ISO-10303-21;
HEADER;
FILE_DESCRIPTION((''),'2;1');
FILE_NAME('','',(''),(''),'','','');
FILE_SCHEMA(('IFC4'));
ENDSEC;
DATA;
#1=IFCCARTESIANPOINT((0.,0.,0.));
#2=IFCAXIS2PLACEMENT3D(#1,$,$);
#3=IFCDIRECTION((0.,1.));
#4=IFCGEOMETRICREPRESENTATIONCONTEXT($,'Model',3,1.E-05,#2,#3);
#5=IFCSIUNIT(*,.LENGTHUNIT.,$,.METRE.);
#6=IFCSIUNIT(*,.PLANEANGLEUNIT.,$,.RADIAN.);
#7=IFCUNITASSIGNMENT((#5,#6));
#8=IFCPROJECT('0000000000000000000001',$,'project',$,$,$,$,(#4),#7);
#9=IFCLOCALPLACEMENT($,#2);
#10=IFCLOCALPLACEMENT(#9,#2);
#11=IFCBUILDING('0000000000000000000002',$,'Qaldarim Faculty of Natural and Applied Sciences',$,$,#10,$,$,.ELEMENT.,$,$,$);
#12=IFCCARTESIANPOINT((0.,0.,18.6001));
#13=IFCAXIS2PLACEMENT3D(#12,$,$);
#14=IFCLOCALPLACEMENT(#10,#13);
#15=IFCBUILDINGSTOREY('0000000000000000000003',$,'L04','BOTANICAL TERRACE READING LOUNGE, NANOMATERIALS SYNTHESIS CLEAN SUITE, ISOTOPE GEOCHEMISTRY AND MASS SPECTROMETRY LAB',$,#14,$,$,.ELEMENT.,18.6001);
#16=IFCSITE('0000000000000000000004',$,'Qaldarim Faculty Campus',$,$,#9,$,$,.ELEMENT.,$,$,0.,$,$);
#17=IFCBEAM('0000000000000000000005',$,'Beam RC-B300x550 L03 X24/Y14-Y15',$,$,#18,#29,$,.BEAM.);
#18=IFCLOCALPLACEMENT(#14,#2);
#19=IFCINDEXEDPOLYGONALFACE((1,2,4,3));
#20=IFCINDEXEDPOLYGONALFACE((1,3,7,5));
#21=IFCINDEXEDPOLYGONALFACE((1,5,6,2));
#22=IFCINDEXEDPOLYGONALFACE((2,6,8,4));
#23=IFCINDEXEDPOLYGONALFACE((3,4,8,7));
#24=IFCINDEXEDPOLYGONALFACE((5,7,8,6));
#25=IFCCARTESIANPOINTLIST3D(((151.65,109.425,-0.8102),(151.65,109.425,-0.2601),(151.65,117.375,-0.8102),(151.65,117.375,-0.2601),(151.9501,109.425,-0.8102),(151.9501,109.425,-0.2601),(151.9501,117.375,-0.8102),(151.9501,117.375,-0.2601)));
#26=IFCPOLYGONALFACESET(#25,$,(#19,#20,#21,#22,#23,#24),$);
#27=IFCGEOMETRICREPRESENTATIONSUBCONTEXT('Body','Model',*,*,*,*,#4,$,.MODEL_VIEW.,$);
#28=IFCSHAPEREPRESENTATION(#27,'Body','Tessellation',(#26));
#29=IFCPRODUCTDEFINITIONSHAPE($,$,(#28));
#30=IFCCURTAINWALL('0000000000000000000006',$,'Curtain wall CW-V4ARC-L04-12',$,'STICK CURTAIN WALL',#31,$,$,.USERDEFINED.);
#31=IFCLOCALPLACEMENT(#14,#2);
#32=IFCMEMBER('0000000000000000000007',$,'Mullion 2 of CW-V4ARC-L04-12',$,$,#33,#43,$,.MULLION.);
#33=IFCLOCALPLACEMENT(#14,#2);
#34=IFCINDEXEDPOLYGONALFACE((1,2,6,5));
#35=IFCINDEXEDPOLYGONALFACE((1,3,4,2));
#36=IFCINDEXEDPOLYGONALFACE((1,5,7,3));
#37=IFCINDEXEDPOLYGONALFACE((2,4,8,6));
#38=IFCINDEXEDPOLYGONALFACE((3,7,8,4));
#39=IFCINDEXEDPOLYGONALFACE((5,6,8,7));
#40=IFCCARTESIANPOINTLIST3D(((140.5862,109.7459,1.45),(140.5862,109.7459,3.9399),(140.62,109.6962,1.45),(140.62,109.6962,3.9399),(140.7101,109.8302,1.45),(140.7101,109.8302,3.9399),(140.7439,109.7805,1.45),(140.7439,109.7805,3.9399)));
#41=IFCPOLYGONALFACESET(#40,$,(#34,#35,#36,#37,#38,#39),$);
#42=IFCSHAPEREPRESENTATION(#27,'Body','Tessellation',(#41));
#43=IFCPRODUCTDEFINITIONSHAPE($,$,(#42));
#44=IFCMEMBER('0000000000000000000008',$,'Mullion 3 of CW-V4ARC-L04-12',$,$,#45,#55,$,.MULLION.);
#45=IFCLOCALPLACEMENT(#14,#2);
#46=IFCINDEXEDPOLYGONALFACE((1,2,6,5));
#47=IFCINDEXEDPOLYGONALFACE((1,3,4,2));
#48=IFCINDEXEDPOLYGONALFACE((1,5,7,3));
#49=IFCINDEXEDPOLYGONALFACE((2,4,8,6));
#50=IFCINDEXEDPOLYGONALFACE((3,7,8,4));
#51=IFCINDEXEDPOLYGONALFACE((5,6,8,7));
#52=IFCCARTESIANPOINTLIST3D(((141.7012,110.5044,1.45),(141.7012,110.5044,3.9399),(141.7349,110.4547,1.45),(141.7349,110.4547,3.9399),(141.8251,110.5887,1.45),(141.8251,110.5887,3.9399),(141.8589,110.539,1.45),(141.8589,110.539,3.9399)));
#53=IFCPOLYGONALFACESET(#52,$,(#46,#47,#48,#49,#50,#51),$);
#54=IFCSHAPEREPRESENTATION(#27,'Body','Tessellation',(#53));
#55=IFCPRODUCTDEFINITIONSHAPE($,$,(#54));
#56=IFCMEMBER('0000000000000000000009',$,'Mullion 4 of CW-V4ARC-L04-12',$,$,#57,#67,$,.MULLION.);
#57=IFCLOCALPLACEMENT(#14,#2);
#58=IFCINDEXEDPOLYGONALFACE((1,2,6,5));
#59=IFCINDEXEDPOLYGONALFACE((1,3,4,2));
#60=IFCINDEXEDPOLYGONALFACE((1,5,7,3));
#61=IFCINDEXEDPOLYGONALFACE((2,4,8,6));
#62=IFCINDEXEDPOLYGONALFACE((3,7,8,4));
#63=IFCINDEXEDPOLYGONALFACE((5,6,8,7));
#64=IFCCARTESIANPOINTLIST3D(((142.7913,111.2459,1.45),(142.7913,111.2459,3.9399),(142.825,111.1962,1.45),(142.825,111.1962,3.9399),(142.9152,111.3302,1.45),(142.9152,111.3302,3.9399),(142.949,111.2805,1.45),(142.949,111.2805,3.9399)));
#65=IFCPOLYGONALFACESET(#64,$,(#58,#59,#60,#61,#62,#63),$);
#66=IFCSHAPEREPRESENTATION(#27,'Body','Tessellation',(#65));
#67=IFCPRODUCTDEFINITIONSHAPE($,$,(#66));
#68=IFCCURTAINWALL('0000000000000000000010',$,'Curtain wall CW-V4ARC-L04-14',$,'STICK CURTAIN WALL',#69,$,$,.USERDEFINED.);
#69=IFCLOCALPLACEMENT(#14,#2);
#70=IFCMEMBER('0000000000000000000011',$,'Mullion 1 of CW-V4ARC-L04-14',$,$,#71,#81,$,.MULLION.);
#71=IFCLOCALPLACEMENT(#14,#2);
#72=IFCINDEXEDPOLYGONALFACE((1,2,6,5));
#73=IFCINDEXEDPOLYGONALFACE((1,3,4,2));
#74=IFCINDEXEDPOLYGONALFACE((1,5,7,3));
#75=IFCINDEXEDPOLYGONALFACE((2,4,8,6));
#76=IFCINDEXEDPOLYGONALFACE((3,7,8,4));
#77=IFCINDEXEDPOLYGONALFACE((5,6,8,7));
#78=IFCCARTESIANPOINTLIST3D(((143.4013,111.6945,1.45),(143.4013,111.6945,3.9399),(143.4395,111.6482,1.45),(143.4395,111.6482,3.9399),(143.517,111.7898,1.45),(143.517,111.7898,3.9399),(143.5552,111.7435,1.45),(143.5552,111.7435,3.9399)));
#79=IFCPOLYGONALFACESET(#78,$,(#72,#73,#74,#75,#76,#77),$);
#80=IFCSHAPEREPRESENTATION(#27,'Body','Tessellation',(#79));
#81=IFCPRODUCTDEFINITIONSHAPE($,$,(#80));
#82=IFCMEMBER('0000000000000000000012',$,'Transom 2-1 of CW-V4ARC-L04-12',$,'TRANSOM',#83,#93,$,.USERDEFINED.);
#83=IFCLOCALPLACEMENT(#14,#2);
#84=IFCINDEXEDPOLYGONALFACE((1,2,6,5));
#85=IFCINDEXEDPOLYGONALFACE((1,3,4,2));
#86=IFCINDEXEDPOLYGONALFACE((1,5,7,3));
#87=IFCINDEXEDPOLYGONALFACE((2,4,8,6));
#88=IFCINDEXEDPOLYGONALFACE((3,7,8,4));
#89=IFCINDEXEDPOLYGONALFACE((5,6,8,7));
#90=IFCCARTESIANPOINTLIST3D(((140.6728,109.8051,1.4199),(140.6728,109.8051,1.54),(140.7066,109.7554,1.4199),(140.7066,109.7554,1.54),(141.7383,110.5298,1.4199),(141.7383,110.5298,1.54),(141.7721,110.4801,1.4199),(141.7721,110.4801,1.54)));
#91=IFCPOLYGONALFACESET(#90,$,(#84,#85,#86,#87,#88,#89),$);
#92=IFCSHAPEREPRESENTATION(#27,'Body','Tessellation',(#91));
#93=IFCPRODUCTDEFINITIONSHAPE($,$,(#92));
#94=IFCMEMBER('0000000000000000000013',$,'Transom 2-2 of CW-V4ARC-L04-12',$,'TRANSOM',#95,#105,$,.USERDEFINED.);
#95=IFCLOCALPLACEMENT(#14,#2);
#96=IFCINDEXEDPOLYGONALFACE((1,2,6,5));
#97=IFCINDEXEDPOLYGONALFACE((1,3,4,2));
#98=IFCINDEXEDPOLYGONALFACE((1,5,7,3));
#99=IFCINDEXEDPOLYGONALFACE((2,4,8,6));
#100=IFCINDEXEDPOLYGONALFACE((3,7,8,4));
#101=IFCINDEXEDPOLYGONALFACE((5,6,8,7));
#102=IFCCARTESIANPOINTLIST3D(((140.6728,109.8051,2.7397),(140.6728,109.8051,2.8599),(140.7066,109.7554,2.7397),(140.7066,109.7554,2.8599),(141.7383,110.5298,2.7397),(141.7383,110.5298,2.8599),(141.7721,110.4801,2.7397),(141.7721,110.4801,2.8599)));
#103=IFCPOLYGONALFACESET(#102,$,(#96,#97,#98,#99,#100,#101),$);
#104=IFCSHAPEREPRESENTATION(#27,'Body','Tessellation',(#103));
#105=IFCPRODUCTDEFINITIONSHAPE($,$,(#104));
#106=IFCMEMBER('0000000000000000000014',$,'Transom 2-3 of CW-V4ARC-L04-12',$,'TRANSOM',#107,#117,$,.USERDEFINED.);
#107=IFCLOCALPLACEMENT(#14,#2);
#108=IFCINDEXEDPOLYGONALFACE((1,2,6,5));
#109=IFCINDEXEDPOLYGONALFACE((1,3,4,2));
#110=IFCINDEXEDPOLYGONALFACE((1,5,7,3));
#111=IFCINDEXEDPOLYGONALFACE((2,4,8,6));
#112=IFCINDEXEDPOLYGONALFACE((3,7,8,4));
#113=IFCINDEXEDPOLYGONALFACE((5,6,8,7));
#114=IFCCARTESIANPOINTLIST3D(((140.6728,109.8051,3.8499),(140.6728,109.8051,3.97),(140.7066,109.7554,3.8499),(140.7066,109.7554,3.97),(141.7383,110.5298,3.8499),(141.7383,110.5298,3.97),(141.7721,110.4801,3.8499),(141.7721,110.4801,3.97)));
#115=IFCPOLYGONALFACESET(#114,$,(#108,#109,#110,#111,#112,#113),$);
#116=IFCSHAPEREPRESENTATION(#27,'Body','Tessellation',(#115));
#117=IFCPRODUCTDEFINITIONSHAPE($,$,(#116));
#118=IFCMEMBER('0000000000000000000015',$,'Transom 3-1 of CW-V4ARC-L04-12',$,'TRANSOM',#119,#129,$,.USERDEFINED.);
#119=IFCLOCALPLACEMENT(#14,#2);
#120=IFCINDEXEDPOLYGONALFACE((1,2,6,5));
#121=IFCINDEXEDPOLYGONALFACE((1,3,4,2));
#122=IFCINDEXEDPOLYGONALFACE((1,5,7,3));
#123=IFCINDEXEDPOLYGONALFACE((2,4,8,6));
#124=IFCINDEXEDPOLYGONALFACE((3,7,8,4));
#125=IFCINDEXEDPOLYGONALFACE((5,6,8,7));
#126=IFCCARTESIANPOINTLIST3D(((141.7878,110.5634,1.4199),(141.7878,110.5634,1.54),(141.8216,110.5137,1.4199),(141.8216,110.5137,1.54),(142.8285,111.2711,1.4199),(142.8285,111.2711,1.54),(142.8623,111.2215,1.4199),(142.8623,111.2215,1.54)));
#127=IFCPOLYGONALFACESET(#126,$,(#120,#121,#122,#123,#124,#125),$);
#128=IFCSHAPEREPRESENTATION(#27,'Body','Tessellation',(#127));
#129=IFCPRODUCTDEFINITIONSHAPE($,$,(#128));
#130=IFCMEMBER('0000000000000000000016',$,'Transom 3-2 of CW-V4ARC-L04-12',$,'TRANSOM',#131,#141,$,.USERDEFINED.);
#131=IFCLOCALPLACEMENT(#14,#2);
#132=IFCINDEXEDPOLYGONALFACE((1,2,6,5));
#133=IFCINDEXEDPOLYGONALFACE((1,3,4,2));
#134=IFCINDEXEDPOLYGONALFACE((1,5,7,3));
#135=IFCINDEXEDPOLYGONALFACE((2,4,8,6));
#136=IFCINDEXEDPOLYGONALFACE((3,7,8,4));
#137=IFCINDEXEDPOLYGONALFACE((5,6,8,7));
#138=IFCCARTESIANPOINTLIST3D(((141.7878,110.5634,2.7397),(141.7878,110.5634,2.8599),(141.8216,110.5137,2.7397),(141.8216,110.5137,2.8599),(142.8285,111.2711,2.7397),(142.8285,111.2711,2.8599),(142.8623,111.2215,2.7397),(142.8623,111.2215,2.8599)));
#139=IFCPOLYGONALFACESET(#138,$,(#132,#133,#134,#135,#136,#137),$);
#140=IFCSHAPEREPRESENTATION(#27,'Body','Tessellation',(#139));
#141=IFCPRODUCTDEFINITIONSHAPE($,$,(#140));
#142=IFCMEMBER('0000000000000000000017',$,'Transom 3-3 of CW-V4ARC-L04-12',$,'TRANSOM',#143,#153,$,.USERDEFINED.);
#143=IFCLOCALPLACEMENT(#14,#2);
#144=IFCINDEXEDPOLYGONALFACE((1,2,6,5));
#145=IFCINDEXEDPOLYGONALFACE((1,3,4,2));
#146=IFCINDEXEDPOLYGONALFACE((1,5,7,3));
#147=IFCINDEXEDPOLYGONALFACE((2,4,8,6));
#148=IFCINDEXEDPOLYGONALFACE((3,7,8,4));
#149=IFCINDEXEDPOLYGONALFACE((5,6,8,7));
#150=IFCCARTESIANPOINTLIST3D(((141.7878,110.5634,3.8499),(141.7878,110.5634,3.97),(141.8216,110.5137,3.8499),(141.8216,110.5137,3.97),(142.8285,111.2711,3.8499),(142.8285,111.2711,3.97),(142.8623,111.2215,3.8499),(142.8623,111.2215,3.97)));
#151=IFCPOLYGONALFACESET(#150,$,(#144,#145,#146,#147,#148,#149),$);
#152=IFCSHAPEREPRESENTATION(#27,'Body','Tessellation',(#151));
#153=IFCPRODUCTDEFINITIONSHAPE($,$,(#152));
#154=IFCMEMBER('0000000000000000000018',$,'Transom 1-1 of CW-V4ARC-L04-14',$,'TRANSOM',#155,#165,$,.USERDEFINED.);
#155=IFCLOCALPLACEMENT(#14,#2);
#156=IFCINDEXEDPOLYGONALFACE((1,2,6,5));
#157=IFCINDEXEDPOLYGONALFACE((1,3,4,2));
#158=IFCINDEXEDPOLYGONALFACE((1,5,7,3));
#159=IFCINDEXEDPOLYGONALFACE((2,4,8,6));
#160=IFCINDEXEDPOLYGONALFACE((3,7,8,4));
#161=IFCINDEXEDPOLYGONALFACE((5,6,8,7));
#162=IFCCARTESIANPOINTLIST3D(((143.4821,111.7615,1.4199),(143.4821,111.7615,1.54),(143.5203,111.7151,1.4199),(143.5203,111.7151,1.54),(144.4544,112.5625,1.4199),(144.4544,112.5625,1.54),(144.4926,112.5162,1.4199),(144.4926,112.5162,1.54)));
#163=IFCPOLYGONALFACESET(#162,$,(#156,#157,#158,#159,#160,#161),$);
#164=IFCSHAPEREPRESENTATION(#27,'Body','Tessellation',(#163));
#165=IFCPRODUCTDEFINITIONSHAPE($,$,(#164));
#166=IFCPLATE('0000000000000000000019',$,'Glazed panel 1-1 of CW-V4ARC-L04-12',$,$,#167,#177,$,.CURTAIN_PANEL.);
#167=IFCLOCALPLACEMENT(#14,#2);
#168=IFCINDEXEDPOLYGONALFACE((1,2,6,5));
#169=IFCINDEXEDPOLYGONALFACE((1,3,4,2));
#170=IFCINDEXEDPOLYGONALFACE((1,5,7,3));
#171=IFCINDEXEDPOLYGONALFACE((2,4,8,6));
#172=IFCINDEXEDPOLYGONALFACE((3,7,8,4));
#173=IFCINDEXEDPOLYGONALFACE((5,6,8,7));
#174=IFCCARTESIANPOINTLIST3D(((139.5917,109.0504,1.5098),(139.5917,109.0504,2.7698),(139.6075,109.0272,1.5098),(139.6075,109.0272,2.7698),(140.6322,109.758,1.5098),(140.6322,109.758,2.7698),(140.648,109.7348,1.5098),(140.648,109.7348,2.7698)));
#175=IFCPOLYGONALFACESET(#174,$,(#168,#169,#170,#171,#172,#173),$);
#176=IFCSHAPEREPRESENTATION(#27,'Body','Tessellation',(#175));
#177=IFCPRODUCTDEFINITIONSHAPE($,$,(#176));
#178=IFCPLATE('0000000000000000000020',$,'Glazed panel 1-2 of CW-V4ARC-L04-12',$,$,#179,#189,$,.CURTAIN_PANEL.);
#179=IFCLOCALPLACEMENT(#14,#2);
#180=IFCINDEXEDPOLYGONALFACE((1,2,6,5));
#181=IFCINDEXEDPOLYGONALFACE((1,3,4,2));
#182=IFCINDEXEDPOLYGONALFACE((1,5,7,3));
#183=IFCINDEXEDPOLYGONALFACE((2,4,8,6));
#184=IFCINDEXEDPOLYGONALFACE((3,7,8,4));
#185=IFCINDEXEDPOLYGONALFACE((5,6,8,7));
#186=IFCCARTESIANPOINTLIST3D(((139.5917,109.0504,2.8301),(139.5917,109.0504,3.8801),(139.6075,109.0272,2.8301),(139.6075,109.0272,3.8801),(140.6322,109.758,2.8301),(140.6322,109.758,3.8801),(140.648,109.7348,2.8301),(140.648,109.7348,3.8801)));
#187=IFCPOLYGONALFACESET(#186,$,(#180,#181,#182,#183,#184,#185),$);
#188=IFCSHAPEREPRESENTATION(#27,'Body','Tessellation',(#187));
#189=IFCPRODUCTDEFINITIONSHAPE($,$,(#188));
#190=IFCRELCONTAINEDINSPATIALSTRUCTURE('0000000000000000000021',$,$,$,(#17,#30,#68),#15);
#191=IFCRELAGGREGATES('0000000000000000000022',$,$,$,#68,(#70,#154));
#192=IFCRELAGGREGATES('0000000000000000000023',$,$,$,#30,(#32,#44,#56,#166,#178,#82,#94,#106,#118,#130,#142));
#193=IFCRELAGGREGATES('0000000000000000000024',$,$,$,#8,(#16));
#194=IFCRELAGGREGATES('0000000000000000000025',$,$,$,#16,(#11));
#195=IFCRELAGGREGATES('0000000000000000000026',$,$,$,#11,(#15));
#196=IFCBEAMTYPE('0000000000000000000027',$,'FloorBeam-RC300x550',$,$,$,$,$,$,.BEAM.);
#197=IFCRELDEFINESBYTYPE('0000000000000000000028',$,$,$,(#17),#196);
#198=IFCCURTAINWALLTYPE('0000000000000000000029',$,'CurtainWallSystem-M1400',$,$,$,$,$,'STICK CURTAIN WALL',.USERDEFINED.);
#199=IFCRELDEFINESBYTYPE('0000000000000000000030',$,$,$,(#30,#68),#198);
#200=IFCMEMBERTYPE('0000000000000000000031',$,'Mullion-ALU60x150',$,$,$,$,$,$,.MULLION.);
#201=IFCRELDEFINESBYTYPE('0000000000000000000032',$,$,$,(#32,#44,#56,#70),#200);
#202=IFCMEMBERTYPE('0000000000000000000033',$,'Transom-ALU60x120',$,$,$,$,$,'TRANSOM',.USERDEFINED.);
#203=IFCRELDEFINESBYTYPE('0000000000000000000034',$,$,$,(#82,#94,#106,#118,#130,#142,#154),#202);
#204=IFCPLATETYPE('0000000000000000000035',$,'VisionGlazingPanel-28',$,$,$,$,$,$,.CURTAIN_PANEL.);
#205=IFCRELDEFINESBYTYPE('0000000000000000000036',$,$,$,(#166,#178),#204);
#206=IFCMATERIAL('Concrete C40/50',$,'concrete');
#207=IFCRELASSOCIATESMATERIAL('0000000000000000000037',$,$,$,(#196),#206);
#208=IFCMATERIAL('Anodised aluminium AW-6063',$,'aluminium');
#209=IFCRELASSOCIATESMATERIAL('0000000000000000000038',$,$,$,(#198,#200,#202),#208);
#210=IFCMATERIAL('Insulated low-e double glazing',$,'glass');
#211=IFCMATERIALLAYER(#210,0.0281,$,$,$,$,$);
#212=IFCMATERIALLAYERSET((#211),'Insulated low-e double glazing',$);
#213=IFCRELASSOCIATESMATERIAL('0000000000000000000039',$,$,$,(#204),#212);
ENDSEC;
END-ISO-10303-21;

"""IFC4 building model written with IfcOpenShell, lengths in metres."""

from ifc_helpers import new_model, si_unit, direction, frame, origin, origin_2d, place, context, subcontext, project, spatial, rectangle, extrude, material, layer, layer_set, material_profile, profile_set, type_object, element, aggregate, save


model = new_model("IFC4")

# Units and contexts
model_context = context("Model", 3, precision=1e-05, world=origin(), true_north=direction((0.0, 1.0)))
body_context = subcontext(model_context, "Body", "Model", "MODEL_VIEW")
ifc_project = project(units=[si_unit("LENGTHUNIT", "METRE"), si_unit("PLANEANGLEUNIT", "RADIAN")], contexts=[model_context])

# Site, building, storey
site_placement = place(None, origin())
site = spatial("IfcSite", under=ifc_project, at=site_placement, Name="Qaldarim Faculty Campus", CompositionType="ELEMENT", RefElevation=0.0)
building_placement = place(site_placement, origin())
building = spatial("IfcBuilding", under=site, at=building_placement, Name="Qaldarim Faculty of Natural and Applied Sciences", CompositionType="ELEMENT")
storey_placement = place(building_placement, frame((0.0, 0.0, 18.6001)))
storey = spatial("IfcBuildingStorey", under=building, at=storey_placement, Name="L04", Description="BOTANICAL TERRACE READING LOUNGE, NANOMATERIALS SYNTHESIS CLEAN SUITE, ISOTOPE GEOCHEMISTRY AND MASS SPECTROMETRY LAB", CompositionType="ELEMENT", Elevation=18.6001)

# Beam
ifc_material_1 = material(Name="Concrete C40/50", Category="concrete")
ifc_material_profile_1 = material_profile(ifc_material_1, rectangle(XDim=0.3, YDim=0.55, at=origin_2d()), Name="RC-B300x550")
ifc_profile_set_1 = profile_set([ifc_material_profile_1], Name="Concrete C40/50")
beam_type = type_object("IfcBeamType", Name="FloorBeam-RC300x550", PredefinedType="BEAM", material=ifc_profile_set_1)
beam_placement = place(storey_placement, frame((151.8, 109.425, -0.5352), z_axis=(0.0, 1.0, 0.0), x_axis=(-1.0, 0.0, 0.0)))
element("IfcBeam", 1, at=beam_placement, inside=storey, type_object=beam_type, Name="Beam RC-B300x550 L03 X24/Y14-Y15", PredefinedType="BEAM", context=body_context, shape_type="SweptSolid", body=[
    extrude(rectangle(XDim=0.3, YDim=0.55, at=origin_2d()), origin(), (0.0, 0.0, 1.0), 7.95),
])

# Curtain wall, members
ifc_material_2 = material(Name="Anodised aluminium AW-6063", Category="aluminium")
curtain_wall_type = type_object("IfcCurtainWallType", Name="CurtainWallSystem-M1400", ElementType="STICK CURTAIN WALL", PredefinedType="USERDEFINED", material=ifc_material_2)
curtain_wall_1_placement = place(storey_placement, origin())
curtain_wall_1 = element("IfcCurtainWall", 2, at=curtain_wall_1_placement, inside=storey, type_object=curtain_wall_type, Name="Curtain wall CW-V4ARC-L04-12", ObjectType="STICK CURTAIN WALL", PredefinedType="USERDEFINED")
ifc_material_profile_2 = material_profile(ifc_material_2, rectangle(XDim=0.0601, YDim=0.1499, at=origin_2d()), Name="ALU-M60x150")
ifc_profile_set_2 = profile_set([ifc_material_profile_2], Name="Anodised aluminium AW-6063")
member_type_1 = type_object("IfcMemberType", Name="Mullion-ALU60x150", PredefinedType="MULLION", material=ifc_profile_set_2)
member_1_placement = place(storey_placement, frame((140.665, 109.7632, 1.45), z_axis=(0.0, 0.0, 1.0), x_axis=(-0.562372, 0.826884, 0.0)))
member_1 = element("IfcMember", 3, at=member_1_placement, type_object=member_type_1, Name="Mullion 2 of CW-V4ARC-L04-12", PredefinedType="MULLION", context=body_context, shape_type="SweptSolid", body=[
    extrude(rectangle(XDim=0.0601, YDim=0.1499, at=origin_2d()), origin(), (0.0, 0.0, 1.0), 2.49),
])
member_2_placement = place(storey_placement, frame((141.78, 110.5217, 1.45), z_axis=(0.0, 0.0, 1.0), x_axis=(-0.562372, 0.826884, 0.0)))
member_2 = element("IfcMember", 4, at=member_2_placement, type_object=member_type_1, Name="Mullion 3 of CW-V4ARC-L04-12", PredefinedType="MULLION", context=body_context, shape_type="SweptSolid", body=[
    extrude(rectangle(XDim=0.0601, YDim=0.1499, at=origin_2d()), origin(), (0.0, 0.0, 1.0), 2.49),
])
member_3_placement = place(storey_placement, frame((142.8701, 111.2632, 1.45), z_axis=(0.0, 0.0, 1.0), x_axis=(-0.562372, 0.826884, 0.0)))
member_3 = element("IfcMember", 5, at=member_3_placement, type_object=member_type_1, Name="Mullion 4 of CW-V4ARC-L04-12", PredefinedType="MULLION", context=body_context, shape_type="SweptSolid", body=[
    extrude(rectangle(XDim=0.0601, YDim=0.1499, at=origin_2d()), origin(), (0.0, 0.0, 1.0), 2.49),
])

# Curtain wall, member
curtain_wall_2_placement = place(storey_placement, origin())
curtain_wall_2 = element("IfcCurtainWall", 6, at=curtain_wall_2_placement, inside=storey, type_object=curtain_wall_type, Name="Curtain wall CW-V4ARC-L04-14", ObjectType="STICK CURTAIN WALL", PredefinedType="USERDEFINED")
member_4_placement = place(storey_placement, frame((143.4783, 111.719, 1.45), z_axis=(0.0, 0.0, 1.0), x_axis=(-0.63593, 0.771747, 0.0)))
member_4 = element("IfcMember", 7, at=member_4_placement, type_object=member_type_1, Name="Mullion 1 of CW-V4ARC-L04-14", PredefinedType="MULLION", context=body_context, shape_type="SweptSolid", body=[
    extrude(rectangle(XDim=0.0601, YDim=0.1499, at=origin_2d()), origin(), (0.0, 0.0, 1.0), 2.49),
])

# Members
ifc_material_profile_3 = material_profile(ifc_material_2, rectangle(XDim=0.0601, YDim=0.1201, at=origin_2d()), Name="ALU-T60x120")
ifc_profile_set_3 = profile_set([ifc_material_profile_3], Name="Anodised aluminium AW-6063")
member_type_2 = type_object("IfcMemberType", Name="Transom-ALU60x120", ElementType="TRANSOM", PredefinedType="USERDEFINED", material=ifc_profile_set_3)
member_5_placement = place(storey_placement, frame((140.6897, 109.7803, 1.48), z_axis=(0.826884, 0.562372, 0.0), x_axis=(-0.562372, 0.826884, 0.0)))
member_5 = element("IfcMember", 8, at=member_5_placement, type_object=member_type_2, Name="Transom 2-1 of CW-V4ARC-L04-12", ObjectType="TRANSOM", PredefinedType="USERDEFINED", context=body_context, shape_type="SweptSolid", body=[
    extrude(rectangle(XDim=0.0601, YDim=0.1201, at=origin_2d()), origin(), (0.0, 0.0, 1.0), 1.2886),
])
member_6_placement = place(storey_placement, frame((140.6897, 109.7803, 2.7998), z_axis=(0.826884, 0.562372, 0.0), x_axis=(-0.562372, 0.826884, 0.0)))
member_6 = element("IfcMember", 9, at=member_6_placement, type_object=member_type_2, Name="Transom 2-2 of CW-V4ARC-L04-12", ObjectType="TRANSOM", PredefinedType="USERDEFINED", context=body_context, shape_type="SweptSolid", body=[
    extrude(rectangle(XDim=0.0601, YDim=0.1201, at=origin_2d()), origin(), (0.0, 0.0, 1.0), 1.2886),
])
member_7_placement = place(storey_placement, frame((140.6897, 109.7803, 3.9099), z_axis=(0.826884, 0.562372, 0.0), x_axis=(-0.562372, 0.826884, 0.0)))
member_7 = element("IfcMember", 10, at=member_7_placement, type_object=member_type_2, Name="Transom 2-3 of CW-V4ARC-L04-12", ObjectType="TRANSOM", PredefinedType="USERDEFINED", context=body_context, shape_type="SweptSolid", body=[
    extrude(rectangle(XDim=0.0601, YDim=0.1201, at=origin_2d()), origin(), (0.0, 0.0, 1.0), 1.2886),
])
member_8_placement = place(storey_placement, frame((141.8047, 110.5386, 1.48), z_axis=(0.826912, 0.562331, 0.0), x_axis=(-0.562331, 0.826912, 0.0)))
member_8 = element("IfcMember", 11, at=member_8_placement, type_object=member_type_2, Name="Transom 3-1 of CW-V4ARC-L04-12", ObjectType="TRANSOM", PredefinedType="USERDEFINED", context=body_context, shape_type="SweptSolid", body=[
    extrude(rectangle(XDim=0.0601, YDim=0.1201, at=origin_2d()), origin(), (0.0, 0.0, 1.0), 1.2585),
])
member_9_placement = place(storey_placement, frame((141.8047, 110.5386, 2.7998), z_axis=(0.826912, 0.562331, 0.0), x_axis=(-0.562331, 0.826912, 0.0)))
member_9 = element("IfcMember", 12, at=member_9_placement, type_object=member_type_2, Name="Transom 3-2 of CW-V4ARC-L04-12", ObjectType="TRANSOM", PredefinedType="USERDEFINED", context=body_context, shape_type="SweptSolid", body=[
    extrude(rectangle(XDim=0.0601, YDim=0.1201, at=origin_2d()), origin(), (0.0, 0.0, 1.0), 1.2585),
])
member_10_placement = place(storey_placement, frame((141.8047, 110.5386, 3.9099), z_axis=(0.826912, 0.562331, 0.0), x_axis=(-0.562331, 0.826912, 0.0)))
member_10 = element("IfcMember", 13, at=member_10_placement, type_object=member_type_2, Name="Transom 3-3 of CW-V4ARC-L04-12", ObjectType="TRANSOM", PredefinedType="USERDEFINED", context=body_context, shape_type="SweptSolid", body=[
    extrude(rectangle(XDim=0.0601, YDim=0.1201, at=origin_2d()), origin(), (0.0, 0.0, 1.0), 1.2585),
])
member_11_placement = place(storey_placement, frame((143.5012, 111.7383, 1.48), z_axis=(0.771768, 0.635904, 0.0), x_axis=(-0.635904, 0.771768, 0.0)))
member_11 = element("IfcMember", 14, at=member_11_placement, type_object=member_type_2, Name="Transom 1-1 of CW-V4ARC-L04-14", ObjectType="TRANSOM", PredefinedType="USERDEFINED", context=body_context, shape_type="SweptSolid", body=[
    extrude(rectangle(XDim=0.0601, YDim=0.1201, at=origin_2d()), origin(), (0.0, 0.0, 1.0), 1.2598),
])
aggregate(curtain_wall_2, [member_4, member_11])

# Plates
ifc_material_3 = material(Name="Insulated low-e double glazing", Category="glass")
ifc_layer_1 = layer(ifc_material_3, 0.0281)
ifc_layer_set_1 = layer_set([ifc_layer_1], Name="Insulated low-e double glazing")
plate_type = type_object("IfcPlateType", Name="VisionGlazingPanel-28", PredefinedType="CURTAIN_PANEL", material=ifc_layer_set_1)
plate_1_placement = place(storey_placement, frame((140.1199, 109.3926, 1.5098), z_axis=(0.0, 0.0, 1.0), x_axis=(0.826884, 0.562372, 0.0)))
plate_1 = element("IfcPlate", 15, at=plate_1_placement, type_object=plate_type, Name="Glazed panel 1-1 of CW-V4ARC-L04-12", PredefinedType="CURTAIN_PANEL", context=body_context, shape_type="SweptSolid", body=[
    extrude(rectangle(XDim=1.2583, YDim=0.0281, at=origin_2d()), origin(), (0.0, 0.0, 1.0), 1.26),
])
plate_2_placement = place(storey_placement, frame((140.1199, 109.3926, 2.8301), z_axis=(0.0, 0.0, 1.0), x_axis=(0.826884, 0.562372, 0.0)))
plate_2 = element("IfcPlate", 16, at=plate_2_placement, type_object=plate_type, Name="Glazed panel 1-2 of CW-V4ARC-L04-12", PredefinedType="CURTAIN_PANEL", context=body_context, shape_type="SweptSolid", body=[
    extrude(rectangle(XDim=1.2583, YDim=0.0281, at=origin_2d()), origin(), (0.0, 0.0, 1.0), 1.05),
])
aggregate(curtain_wall_1, [member_1, member_2, member_3, plate_1, plate_2, member_5, member_6, member_7, member_8, member_9, member_10])

save(model, "model.ifc")
